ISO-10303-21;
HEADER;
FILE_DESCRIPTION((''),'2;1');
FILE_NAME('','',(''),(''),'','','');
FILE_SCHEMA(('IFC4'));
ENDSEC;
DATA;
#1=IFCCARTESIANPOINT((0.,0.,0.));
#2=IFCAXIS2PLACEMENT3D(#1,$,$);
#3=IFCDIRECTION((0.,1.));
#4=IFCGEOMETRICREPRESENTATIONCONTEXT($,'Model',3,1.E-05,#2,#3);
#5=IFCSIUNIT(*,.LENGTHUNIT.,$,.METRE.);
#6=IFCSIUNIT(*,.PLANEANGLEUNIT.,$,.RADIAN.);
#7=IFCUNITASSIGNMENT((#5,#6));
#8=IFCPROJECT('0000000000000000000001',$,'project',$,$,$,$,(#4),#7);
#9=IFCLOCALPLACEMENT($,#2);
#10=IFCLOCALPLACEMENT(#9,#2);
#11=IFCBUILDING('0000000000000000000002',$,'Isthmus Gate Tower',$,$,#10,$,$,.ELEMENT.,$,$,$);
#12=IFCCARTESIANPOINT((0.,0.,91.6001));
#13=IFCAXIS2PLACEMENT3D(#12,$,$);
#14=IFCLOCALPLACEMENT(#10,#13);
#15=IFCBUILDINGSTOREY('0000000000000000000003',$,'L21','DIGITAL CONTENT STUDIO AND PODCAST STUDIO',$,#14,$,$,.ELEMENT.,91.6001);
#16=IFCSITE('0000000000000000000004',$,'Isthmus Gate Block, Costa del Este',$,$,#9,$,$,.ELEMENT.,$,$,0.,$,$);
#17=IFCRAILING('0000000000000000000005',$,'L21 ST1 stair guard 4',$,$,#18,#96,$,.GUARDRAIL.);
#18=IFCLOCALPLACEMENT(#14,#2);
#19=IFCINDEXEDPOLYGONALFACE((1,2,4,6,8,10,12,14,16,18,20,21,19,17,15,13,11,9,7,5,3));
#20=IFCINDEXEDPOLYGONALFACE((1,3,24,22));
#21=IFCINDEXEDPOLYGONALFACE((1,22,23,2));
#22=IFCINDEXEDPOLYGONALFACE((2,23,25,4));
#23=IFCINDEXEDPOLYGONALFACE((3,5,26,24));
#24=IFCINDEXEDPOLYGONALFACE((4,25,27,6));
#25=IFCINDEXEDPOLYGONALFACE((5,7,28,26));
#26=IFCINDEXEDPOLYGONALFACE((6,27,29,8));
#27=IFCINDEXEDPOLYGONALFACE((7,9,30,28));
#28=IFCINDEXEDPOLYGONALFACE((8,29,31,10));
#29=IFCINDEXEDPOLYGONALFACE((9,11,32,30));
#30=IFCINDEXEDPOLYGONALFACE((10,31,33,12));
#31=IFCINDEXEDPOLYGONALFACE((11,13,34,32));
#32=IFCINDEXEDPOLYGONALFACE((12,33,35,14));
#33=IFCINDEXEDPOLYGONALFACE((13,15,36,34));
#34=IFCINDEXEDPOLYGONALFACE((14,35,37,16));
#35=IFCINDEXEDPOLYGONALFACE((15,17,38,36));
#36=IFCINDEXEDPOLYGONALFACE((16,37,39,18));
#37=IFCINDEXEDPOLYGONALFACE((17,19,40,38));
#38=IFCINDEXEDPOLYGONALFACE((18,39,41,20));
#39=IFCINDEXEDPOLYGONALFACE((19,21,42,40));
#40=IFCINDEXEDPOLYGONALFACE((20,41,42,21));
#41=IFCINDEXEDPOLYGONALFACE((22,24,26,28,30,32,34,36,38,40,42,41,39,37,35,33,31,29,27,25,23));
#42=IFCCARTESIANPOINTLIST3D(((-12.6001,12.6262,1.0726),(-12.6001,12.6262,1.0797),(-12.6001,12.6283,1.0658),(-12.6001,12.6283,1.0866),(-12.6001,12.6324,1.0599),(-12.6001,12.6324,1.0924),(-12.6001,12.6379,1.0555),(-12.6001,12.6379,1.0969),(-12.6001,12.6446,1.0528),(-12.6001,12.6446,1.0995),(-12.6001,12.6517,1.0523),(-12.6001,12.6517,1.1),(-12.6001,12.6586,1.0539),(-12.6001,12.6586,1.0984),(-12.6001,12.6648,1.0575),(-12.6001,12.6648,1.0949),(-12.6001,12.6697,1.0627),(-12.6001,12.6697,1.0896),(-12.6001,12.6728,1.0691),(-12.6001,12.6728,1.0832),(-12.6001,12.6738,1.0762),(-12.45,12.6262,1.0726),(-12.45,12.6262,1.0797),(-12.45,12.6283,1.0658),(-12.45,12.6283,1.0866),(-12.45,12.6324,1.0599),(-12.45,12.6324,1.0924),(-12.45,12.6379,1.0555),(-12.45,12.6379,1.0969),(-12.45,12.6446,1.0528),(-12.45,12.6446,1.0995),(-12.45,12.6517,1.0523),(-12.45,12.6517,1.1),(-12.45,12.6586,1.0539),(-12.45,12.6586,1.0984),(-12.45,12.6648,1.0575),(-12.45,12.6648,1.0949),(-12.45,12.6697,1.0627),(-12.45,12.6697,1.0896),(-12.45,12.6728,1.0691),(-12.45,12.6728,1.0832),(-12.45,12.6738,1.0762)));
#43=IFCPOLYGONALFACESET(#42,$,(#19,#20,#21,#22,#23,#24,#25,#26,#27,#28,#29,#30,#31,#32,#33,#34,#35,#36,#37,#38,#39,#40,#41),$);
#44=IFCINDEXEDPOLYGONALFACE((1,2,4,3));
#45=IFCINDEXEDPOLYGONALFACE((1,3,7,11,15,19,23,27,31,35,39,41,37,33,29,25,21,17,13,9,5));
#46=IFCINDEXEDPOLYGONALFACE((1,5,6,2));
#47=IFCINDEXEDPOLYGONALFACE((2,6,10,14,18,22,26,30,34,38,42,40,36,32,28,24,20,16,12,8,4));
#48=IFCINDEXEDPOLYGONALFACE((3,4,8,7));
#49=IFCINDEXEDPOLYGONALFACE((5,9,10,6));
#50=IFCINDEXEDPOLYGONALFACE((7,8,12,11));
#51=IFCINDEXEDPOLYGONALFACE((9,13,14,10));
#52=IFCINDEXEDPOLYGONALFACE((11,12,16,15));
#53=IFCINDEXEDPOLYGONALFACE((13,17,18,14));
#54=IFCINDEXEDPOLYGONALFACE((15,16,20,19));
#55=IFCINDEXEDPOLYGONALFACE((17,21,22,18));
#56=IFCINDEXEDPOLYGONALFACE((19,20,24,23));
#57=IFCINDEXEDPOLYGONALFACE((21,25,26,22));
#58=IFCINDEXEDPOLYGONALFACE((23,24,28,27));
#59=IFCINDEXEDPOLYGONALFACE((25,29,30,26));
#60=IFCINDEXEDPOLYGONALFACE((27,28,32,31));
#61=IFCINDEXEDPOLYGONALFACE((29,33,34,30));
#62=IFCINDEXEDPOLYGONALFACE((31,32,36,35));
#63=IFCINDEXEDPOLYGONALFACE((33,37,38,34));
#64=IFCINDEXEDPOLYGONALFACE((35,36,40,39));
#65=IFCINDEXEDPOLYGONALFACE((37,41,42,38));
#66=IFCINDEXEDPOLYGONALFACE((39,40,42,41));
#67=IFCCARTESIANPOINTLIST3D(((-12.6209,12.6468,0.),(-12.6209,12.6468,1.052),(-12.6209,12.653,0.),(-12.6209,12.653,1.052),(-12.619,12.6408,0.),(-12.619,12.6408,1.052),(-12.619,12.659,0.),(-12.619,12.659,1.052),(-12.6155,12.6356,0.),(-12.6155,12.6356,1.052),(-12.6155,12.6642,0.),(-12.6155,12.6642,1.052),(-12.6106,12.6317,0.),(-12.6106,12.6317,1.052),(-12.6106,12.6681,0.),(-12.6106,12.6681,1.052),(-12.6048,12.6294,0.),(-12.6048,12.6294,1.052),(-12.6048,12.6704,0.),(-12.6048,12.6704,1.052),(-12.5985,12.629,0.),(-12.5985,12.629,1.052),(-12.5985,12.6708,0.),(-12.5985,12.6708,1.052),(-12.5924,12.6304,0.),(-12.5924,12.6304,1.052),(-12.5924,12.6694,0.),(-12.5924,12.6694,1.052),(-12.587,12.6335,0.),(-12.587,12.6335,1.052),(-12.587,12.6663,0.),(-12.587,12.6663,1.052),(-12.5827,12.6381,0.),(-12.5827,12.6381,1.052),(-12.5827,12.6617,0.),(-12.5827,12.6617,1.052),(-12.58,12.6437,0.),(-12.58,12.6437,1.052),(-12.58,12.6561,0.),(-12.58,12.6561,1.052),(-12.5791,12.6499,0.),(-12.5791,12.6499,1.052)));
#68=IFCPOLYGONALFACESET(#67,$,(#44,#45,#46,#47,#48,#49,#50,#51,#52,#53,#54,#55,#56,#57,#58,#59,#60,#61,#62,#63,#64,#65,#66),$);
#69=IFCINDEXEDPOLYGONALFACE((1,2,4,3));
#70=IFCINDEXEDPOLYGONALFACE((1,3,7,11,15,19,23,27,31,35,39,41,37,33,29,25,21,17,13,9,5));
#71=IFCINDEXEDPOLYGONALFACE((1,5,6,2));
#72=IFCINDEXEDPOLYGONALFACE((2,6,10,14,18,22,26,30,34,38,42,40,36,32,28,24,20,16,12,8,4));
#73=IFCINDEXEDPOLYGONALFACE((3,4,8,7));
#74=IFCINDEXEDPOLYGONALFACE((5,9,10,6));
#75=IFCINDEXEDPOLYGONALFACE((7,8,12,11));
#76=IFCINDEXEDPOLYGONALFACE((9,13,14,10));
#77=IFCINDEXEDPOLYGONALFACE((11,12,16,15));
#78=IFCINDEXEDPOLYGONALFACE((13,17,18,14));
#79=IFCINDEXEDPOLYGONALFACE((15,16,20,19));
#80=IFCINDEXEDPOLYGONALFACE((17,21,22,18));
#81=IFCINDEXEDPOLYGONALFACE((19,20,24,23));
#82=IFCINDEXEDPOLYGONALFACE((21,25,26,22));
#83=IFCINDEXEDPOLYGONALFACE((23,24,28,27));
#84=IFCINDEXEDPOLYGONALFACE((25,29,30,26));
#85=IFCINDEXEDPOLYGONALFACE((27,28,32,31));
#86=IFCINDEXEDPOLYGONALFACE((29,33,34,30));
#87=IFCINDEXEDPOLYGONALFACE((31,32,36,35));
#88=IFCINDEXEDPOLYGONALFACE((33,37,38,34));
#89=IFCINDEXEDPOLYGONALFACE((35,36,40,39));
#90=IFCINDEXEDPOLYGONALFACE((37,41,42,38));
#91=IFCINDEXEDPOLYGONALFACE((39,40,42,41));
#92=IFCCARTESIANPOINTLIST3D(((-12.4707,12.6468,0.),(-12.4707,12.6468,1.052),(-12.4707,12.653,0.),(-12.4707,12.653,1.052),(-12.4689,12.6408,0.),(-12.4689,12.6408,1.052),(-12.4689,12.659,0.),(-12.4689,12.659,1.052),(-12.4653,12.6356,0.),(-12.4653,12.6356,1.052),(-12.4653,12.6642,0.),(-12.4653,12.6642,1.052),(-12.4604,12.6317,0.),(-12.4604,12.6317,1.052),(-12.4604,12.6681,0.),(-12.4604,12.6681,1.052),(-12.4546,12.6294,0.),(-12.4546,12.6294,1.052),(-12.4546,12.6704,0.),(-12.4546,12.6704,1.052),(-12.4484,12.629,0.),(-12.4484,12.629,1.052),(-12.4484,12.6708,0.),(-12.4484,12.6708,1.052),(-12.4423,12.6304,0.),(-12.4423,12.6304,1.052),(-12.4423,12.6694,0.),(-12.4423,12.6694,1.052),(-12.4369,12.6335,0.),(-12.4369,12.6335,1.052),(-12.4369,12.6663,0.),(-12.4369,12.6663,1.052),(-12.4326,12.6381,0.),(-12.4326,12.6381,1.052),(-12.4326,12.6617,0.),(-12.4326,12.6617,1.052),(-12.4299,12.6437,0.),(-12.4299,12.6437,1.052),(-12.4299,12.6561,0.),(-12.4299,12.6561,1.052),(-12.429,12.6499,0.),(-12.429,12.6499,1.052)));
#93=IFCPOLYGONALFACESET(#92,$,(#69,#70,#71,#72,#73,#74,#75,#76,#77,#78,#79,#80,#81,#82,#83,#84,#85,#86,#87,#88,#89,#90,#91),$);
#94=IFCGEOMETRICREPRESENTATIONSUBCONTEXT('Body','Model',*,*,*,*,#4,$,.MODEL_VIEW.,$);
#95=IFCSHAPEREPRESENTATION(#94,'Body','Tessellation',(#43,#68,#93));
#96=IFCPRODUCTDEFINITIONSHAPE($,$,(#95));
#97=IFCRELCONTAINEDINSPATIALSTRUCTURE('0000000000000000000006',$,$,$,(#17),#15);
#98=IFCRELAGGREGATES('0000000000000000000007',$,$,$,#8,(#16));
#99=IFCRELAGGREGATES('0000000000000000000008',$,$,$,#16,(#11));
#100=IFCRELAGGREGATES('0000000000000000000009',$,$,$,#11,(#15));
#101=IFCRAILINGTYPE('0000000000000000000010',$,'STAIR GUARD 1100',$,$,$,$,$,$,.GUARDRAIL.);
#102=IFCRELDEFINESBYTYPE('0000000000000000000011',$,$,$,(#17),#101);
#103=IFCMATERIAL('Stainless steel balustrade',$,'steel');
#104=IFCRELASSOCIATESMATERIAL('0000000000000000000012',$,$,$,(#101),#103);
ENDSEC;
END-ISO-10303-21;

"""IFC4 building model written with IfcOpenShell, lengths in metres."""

from ifc_helpers import new_model, si_unit, direction, frame, origin, origin_2d, place, context, subcontext, project, spatial, circle, extrude, material, type_object, element, save


model = new_model("IFC4")

# Units and contexts
model_context = context("Model", 3, precision=1e-05, world=origin(), true_north=direction((0.0, 1.0)))
body_context = subcontext(model_context, "Body", "Model", "MODEL_VIEW")
ifc_project = project(units=[si_unit("LENGTHUNIT", "METRE"), si_unit("PLANEANGLEUNIT", "RADIAN")], contexts=[model_context])

# Site, building, storey
site_placement = place(None, origin())
site = spatial("IfcSite", under=ifc_project, at=site_placement, Name="Isthmus Gate Block, Costa del Este", CompositionType="ELEMENT", RefElevation=0.0)
building_placement = place(site_placement, origin())
building = spatial("IfcBuilding", under=site, at=building_placement, Name="Isthmus Gate Tower", CompositionType="ELEMENT")
storey_placement = place(building_placement, frame((0.0, 0.0, 91.6001)))
storey = spatial("IfcBuildingStorey", under=building, at=storey_placement, Name="L21", Description="DIGITAL CONTENT STUDIO AND PODCAST STUDIO", CompositionType="ELEMENT", Elevation=91.6001)

# Railing
ifc_material_1 = material(Name="Stainless steel balustrade", Category="steel")
railing_type_1 = type_object("IfcRailingType", Name="STAIR GUARD 1100", PredefinedType="GUARDRAIL", material=ifc_material_1)
railing_1_placement = place(storey_placement, frame((-12.6001, 12.6499, 0.0)))
element("IfcRailing", 1, at=railing_1_placement, inside=storey, type_object=railing_type_1, Name="L21 ST1 stair guard 4", PredefinedType="GUARDRAIL", context=body_context, shape_type="SweptSolid", body=[
    extrude(circle(Radius=0.0239, at=origin_2d()), frame((0.0, 0.0, 1.0762), z_axis=(1.0, 0.0, 0.0), x_axis=(0.0, 1.0, 0.0)), (0.0, 0.0, 1.0), 0.1501),
    extrude(circle(Radius=0.021, at=origin_2d()), origin(), (0.0, 0.0, 1.0), 1.052),
    extrude(circle(Radius=0.021, at=origin_2d()), frame((0.1501, 0.0, 0.0)), (0.0, 0.0, 1.0), 1.052),
])

save(model, "model.ifc")
